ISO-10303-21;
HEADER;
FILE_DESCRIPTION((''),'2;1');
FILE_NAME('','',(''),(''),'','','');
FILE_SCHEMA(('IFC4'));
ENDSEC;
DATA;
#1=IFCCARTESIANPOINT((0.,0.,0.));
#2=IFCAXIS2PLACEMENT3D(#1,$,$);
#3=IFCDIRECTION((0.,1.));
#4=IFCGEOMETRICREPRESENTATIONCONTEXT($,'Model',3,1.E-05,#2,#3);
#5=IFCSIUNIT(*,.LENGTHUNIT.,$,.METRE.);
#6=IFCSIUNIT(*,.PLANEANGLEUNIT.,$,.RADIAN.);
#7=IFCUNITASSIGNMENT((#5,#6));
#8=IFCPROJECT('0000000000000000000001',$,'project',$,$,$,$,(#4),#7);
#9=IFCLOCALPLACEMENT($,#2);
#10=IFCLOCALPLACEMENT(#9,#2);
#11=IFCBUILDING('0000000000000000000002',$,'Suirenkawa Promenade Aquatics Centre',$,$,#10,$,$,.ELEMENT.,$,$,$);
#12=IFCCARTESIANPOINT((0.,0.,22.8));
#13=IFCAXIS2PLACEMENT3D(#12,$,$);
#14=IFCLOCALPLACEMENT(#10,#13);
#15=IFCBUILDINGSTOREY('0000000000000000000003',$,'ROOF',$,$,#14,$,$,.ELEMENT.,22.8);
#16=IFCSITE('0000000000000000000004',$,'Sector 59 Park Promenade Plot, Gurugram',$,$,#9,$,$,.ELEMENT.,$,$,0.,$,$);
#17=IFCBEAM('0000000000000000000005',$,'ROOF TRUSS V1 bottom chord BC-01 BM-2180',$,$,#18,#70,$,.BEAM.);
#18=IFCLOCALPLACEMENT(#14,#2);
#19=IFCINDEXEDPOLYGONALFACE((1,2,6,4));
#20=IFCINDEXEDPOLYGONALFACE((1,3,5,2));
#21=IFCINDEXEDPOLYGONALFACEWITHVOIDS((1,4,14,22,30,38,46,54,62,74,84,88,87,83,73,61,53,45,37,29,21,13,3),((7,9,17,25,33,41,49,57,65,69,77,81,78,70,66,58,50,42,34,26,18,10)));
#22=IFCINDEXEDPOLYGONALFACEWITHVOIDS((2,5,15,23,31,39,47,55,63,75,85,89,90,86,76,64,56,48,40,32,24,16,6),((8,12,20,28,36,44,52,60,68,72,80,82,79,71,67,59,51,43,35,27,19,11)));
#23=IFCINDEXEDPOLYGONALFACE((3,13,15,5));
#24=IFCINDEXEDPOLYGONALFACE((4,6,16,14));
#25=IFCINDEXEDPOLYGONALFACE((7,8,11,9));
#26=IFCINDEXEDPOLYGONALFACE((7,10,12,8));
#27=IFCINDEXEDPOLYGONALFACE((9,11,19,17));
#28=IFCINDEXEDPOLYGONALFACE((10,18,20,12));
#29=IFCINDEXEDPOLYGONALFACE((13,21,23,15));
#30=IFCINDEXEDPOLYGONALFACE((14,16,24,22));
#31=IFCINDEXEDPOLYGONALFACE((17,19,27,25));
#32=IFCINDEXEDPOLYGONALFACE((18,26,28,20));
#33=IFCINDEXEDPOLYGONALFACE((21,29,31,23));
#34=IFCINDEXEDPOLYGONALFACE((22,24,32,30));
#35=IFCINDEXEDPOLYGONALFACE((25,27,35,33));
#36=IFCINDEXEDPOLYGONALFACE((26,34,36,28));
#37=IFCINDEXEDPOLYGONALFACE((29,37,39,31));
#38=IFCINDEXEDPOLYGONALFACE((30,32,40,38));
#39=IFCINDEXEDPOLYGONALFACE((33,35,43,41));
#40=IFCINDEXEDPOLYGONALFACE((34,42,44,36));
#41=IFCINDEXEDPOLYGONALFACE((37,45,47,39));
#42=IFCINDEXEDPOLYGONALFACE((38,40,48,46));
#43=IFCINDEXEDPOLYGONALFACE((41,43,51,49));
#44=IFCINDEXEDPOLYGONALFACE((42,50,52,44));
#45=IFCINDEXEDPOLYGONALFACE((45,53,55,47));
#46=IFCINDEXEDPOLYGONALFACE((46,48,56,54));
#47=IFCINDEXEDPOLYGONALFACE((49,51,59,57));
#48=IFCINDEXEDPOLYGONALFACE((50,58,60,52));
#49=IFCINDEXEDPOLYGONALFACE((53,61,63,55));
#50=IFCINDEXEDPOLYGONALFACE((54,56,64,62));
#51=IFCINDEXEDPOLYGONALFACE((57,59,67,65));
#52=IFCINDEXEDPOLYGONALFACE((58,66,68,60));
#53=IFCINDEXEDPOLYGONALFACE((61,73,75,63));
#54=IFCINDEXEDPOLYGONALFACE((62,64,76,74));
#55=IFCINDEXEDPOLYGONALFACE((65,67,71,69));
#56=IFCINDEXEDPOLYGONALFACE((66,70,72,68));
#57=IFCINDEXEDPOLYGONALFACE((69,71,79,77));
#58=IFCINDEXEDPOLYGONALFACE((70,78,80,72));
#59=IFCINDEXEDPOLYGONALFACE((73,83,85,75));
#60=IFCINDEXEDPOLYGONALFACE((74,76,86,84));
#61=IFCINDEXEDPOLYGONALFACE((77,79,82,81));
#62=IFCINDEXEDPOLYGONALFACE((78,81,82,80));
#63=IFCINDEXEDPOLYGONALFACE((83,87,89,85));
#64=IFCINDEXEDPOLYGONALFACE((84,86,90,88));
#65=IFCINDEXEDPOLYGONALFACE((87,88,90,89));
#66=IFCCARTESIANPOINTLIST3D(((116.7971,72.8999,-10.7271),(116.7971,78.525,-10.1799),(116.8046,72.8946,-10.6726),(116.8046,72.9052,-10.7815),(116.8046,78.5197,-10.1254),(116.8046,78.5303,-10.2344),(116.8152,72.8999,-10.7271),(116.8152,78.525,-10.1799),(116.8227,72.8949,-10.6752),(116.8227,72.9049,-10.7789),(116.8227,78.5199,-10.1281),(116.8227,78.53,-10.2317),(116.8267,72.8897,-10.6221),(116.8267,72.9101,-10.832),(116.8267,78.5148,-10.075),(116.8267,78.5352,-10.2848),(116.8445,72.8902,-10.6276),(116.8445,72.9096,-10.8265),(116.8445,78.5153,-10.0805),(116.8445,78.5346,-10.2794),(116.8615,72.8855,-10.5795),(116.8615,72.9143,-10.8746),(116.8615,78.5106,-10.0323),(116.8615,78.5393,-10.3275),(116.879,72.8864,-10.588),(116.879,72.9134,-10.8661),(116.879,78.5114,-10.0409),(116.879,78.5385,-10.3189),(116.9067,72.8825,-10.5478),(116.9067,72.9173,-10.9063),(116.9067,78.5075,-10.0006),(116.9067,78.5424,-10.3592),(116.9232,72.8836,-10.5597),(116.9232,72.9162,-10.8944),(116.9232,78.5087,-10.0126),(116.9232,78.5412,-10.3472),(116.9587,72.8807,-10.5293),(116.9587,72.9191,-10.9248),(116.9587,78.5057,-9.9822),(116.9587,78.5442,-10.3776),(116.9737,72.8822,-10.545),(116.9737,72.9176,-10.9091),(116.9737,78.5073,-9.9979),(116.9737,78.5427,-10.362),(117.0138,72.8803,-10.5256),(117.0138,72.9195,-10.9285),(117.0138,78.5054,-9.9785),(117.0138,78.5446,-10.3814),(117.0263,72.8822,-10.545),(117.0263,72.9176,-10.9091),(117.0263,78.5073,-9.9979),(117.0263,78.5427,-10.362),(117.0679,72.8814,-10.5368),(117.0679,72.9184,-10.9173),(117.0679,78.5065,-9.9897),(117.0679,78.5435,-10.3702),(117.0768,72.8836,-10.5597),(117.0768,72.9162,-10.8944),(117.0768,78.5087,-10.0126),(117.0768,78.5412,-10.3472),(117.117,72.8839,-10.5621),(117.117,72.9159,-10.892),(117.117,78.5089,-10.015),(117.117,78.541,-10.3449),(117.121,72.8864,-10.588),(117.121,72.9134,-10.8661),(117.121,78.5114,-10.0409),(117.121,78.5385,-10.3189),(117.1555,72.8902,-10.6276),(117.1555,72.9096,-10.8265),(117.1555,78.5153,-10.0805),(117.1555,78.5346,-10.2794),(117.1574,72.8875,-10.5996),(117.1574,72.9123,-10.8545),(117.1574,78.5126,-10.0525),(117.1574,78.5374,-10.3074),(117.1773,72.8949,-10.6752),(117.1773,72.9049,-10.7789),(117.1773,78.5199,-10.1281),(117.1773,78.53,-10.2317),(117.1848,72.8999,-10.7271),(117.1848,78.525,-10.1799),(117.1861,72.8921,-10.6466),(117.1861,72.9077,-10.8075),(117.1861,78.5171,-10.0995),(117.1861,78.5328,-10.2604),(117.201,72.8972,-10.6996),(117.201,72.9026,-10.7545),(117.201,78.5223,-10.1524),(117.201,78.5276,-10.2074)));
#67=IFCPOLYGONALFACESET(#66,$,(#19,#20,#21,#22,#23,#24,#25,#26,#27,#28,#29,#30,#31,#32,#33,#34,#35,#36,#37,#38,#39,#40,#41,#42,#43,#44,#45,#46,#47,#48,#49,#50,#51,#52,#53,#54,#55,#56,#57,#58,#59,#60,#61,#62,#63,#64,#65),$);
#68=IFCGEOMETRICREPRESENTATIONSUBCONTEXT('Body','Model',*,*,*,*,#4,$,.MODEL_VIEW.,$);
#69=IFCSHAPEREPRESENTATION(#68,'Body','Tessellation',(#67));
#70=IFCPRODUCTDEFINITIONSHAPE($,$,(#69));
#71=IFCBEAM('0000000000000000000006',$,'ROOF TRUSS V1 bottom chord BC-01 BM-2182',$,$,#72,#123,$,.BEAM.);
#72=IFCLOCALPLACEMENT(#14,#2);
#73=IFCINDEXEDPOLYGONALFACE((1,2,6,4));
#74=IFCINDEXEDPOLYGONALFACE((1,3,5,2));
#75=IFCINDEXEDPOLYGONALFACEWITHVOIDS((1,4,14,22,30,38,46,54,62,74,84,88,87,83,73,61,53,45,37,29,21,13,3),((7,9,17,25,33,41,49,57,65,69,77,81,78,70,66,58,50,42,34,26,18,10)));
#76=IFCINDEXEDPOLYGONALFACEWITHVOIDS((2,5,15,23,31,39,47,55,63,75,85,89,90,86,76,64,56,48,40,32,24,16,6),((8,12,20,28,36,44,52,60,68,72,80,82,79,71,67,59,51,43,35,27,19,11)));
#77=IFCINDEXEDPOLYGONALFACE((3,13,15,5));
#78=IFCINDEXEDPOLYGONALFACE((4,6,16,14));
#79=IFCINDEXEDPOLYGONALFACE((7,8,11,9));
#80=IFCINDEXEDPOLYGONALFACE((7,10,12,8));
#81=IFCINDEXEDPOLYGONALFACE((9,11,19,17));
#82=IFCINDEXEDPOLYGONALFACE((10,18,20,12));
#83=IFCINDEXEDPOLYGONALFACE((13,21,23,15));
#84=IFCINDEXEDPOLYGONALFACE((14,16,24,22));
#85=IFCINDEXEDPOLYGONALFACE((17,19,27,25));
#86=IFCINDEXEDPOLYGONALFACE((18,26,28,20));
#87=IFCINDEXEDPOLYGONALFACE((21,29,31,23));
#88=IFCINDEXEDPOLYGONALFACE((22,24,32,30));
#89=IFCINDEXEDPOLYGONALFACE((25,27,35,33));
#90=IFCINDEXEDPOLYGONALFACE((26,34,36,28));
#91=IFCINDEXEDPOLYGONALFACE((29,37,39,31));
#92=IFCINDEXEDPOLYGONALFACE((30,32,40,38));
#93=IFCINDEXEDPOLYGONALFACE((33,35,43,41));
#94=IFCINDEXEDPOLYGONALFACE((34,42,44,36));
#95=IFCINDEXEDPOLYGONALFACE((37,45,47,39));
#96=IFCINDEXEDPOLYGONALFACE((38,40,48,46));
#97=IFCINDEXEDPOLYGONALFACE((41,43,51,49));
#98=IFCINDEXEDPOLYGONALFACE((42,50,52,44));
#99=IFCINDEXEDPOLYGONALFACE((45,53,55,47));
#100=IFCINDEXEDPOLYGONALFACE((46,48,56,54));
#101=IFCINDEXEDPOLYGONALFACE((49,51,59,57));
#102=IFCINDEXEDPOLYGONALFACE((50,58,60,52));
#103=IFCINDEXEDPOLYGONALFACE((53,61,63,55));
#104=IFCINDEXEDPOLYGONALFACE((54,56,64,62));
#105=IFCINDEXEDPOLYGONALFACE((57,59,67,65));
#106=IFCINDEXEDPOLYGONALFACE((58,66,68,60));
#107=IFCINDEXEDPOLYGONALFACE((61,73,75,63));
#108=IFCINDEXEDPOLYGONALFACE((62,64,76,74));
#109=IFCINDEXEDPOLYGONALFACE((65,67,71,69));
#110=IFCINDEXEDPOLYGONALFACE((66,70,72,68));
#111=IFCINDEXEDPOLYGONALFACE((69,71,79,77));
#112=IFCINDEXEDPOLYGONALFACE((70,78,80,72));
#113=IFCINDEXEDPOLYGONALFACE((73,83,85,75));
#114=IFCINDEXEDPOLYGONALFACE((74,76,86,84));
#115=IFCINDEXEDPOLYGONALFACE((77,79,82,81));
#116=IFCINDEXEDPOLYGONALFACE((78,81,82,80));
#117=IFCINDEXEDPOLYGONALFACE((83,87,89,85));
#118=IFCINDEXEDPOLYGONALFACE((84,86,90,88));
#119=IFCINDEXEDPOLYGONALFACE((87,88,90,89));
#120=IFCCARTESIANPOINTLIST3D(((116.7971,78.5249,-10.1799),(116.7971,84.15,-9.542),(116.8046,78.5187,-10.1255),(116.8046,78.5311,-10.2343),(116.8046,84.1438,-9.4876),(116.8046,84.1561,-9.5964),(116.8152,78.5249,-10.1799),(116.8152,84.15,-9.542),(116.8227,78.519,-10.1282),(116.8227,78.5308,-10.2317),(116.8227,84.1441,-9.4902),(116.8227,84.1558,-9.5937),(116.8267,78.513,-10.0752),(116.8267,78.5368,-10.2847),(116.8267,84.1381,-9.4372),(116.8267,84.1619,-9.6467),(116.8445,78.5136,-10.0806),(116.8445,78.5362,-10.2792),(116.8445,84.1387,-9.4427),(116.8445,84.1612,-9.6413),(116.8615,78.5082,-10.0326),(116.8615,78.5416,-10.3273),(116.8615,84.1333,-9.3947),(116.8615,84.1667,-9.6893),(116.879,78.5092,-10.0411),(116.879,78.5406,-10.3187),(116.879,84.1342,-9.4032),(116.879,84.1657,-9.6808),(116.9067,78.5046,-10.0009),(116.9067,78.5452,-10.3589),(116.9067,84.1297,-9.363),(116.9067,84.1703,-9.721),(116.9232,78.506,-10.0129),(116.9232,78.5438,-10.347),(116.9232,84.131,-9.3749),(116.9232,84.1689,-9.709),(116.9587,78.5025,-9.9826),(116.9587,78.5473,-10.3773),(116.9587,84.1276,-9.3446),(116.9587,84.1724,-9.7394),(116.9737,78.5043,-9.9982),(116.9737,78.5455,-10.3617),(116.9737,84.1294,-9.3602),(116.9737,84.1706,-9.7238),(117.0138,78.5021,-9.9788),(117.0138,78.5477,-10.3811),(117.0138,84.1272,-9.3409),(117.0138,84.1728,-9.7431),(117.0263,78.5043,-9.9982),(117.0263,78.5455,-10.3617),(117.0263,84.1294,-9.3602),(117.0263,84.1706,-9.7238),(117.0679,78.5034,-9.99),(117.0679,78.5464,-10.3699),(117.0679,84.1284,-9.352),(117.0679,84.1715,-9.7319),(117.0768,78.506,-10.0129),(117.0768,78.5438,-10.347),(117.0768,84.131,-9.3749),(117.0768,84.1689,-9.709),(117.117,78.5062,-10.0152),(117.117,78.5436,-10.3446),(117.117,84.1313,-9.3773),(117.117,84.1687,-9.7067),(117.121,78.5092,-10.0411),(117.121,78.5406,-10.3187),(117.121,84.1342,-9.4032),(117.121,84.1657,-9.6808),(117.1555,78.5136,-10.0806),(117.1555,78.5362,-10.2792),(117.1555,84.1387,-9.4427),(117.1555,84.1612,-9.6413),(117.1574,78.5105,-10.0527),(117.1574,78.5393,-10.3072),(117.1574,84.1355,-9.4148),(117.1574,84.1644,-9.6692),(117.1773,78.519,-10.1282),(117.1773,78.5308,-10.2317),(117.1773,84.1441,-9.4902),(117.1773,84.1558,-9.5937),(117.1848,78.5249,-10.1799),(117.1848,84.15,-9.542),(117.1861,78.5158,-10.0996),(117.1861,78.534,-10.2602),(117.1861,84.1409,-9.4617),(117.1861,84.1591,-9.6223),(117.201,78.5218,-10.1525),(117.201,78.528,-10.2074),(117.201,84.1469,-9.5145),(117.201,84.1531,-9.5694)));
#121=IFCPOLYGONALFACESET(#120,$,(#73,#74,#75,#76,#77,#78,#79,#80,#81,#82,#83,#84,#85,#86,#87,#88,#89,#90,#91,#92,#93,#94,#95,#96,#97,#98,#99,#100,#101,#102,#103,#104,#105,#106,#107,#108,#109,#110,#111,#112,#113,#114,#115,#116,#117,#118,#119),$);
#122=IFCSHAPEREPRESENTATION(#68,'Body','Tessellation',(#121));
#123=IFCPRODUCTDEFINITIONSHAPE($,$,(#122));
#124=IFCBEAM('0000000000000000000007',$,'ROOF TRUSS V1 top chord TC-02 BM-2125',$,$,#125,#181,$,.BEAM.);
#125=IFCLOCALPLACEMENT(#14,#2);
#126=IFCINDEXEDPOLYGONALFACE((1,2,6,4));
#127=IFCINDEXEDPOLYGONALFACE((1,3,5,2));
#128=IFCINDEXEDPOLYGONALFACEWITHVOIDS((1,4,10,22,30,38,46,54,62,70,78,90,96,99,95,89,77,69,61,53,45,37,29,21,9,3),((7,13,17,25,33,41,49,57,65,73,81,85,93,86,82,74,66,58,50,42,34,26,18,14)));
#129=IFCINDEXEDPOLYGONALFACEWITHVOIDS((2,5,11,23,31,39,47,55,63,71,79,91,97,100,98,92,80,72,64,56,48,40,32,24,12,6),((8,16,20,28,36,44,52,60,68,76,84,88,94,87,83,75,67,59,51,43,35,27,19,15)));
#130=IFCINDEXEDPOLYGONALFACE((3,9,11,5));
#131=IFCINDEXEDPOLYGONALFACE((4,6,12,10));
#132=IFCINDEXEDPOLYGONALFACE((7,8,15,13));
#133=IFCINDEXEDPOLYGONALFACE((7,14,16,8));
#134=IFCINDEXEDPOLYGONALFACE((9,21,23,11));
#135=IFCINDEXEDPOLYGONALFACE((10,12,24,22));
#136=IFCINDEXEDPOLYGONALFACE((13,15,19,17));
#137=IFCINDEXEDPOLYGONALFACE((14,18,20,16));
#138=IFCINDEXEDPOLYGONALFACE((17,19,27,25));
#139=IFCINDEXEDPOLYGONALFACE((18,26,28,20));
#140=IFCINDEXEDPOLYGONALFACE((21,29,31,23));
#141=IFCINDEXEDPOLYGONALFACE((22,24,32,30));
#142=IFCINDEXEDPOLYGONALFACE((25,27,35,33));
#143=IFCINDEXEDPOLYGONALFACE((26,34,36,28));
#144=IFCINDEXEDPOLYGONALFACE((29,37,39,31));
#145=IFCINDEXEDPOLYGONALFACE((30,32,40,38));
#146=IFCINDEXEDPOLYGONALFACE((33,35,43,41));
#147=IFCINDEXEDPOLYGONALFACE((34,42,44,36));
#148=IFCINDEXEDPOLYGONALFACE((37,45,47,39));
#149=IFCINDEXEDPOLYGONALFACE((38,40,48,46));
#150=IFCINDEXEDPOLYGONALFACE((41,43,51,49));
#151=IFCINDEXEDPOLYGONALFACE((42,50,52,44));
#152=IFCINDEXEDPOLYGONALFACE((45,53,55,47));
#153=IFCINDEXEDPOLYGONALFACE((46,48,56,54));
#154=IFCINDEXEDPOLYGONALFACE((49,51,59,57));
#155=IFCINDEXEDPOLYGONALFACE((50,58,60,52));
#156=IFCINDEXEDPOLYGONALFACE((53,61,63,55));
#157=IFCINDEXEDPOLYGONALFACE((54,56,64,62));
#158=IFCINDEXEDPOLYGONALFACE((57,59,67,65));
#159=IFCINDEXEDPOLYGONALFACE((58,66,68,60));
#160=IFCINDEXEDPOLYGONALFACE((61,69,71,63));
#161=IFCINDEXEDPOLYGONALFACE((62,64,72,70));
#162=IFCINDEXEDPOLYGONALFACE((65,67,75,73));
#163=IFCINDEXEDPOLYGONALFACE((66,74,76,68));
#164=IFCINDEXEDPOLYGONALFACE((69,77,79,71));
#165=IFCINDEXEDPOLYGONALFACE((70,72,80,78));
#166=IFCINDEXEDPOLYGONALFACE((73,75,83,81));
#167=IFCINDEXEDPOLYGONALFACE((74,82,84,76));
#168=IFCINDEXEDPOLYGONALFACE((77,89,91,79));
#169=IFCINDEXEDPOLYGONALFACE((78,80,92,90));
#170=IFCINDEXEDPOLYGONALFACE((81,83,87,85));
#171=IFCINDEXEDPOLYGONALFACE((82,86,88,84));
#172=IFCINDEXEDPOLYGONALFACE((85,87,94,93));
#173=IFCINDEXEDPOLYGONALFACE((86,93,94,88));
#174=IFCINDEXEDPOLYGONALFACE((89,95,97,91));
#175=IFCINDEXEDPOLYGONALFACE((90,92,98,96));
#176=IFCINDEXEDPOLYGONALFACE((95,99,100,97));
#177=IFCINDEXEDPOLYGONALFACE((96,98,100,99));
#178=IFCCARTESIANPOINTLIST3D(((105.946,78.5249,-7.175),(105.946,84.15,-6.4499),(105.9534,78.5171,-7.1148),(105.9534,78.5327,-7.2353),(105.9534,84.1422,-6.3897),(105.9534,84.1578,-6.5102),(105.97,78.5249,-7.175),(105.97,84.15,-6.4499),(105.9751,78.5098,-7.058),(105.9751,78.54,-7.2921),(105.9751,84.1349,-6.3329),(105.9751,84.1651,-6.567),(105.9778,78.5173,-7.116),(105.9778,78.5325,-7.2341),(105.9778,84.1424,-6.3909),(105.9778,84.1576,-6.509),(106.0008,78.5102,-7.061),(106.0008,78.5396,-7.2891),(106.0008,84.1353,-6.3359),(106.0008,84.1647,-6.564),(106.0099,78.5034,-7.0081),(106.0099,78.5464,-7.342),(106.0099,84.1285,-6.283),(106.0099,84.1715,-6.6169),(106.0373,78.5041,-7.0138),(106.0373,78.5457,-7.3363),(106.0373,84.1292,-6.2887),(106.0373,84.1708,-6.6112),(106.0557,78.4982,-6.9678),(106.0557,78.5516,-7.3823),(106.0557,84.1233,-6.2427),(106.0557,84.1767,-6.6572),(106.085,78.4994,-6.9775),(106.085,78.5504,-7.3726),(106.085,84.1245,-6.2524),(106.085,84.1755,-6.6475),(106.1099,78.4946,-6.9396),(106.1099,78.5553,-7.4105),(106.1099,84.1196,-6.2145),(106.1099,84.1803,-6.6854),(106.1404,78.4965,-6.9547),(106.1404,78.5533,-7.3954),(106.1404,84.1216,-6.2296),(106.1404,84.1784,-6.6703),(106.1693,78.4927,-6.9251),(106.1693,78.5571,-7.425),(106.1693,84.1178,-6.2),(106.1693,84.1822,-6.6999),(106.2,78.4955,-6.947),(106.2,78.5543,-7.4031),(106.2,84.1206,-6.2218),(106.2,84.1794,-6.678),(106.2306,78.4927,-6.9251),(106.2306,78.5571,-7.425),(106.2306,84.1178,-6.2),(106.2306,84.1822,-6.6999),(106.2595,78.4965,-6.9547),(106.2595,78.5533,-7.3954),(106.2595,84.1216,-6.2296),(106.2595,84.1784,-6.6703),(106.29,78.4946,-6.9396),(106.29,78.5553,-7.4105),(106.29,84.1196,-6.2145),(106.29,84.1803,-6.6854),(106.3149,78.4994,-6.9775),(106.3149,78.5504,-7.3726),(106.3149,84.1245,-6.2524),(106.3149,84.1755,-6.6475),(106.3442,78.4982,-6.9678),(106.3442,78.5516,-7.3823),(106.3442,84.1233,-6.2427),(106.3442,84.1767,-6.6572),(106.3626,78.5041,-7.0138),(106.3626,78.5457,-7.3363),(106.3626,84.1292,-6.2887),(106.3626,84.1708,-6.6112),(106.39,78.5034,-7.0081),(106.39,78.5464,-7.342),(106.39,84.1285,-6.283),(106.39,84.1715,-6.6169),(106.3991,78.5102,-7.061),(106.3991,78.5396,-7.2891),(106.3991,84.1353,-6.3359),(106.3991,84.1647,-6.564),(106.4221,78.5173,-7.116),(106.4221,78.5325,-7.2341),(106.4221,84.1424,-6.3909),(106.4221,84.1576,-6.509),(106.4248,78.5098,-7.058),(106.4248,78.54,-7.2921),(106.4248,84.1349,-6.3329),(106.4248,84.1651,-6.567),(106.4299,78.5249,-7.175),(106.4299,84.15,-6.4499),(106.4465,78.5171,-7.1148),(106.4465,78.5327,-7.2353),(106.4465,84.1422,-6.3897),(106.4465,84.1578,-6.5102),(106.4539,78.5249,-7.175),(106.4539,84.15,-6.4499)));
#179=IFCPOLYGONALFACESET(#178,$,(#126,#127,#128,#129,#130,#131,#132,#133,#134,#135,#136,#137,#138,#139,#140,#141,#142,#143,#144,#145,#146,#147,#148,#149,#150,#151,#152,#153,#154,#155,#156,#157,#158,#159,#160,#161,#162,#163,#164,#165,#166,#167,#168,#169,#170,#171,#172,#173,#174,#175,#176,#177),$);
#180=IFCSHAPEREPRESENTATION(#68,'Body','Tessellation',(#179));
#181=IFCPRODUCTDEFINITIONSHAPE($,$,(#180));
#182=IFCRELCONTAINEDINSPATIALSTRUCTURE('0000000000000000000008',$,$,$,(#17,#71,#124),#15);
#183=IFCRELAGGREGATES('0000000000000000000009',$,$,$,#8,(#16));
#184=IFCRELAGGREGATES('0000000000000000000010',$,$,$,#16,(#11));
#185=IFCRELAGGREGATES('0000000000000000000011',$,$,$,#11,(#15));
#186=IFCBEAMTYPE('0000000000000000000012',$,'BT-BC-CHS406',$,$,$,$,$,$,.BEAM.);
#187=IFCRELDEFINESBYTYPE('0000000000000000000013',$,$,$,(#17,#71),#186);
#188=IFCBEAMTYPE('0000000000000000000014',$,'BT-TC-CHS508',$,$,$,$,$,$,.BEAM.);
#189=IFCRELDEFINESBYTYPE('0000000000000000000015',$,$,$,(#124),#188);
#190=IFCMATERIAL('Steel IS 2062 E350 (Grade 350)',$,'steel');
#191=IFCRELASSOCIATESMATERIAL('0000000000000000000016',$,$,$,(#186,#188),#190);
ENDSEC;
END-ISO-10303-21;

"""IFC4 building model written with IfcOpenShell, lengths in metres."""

from ifc_helpers import new_model, si_unit, direction, frame, origin, origin_2d, place, context, subcontext, project, spatial, hollow_circle, extrude, material, material_profile, profile_set, type_object, element, save


model = new_model("IFC4")

# Units and contexts
model_context = context("Model", 3, precision=1e-05, world=origin(), true_north=direction((0.0, 1.0)))
body_context = subcontext(model_context, "Body", "Model", "MODEL_VIEW")
ifc_project = project(units=[si_unit("LENGTHUNIT", "METRE"), si_unit("PLANEANGLEUNIT", "RADIAN")], contexts=[model_context])

# Site, building, storey
site_placement = place(None, origin())
site = spatial("IfcSite", under=ifc_project, at=site_placement, Name="Sector 59 Park Promenade Plot, Gurugram", CompositionType="ELEMENT", RefElevation=0.0)
building_placement = place(site_placement, origin())
building = spatial("IfcBuilding", under=site, at=building_placement, Name="Suirenkawa Promenade Aquatics Centre", CompositionType="ELEMENT")
storey_placement = place(building_placement, frame((0.0, 0.0, 22.8)))
storey = spatial("IfcBuildingStorey", under=building, at=storey_placement, Name="ROOF", CompositionType="ELEMENT", Elevation=22.8)

# Beams
ifc_material = material(Name="Steel IS 2062 E350 (Grade 350)", Category="steel")
ifc_material_profile_1 = material_profile(ifc_material, hollow_circle(Radius=0.2029, WallThickness=0.0181, at=origin_2d()), Name="CHS 406x18", Category="steel")
ifc_profile_set_1 = profile_set([ifc_material_profile_1], Name="Steel IS 2062 E350 (Grade 350)")
beam_type_1 = type_object("IfcBeamType", Name="BT-BC-CHS406", PredefinedType="BEAM", material=ifc_profile_set_1)
beam_1_placement = place(storey_placement, frame((117.0, 72.8999, -10.7271), z_axis=(0.0, 0.995303, 0.096809), x_axis=(-1.0, 0.0, 0.0)))
element("IfcBeam", 1, at=beam_1_placement, inside=storey, type_object=beam_type_1, Name="ROOF TRUSS V1 bottom chord BC-01 BM-2180", PredefinedType="BEAM", context=body_context, shape_type="SweptSolid", body=[
    extrude(hollow_circle(Radius=0.2029, WallThickness=0.0181, at=origin_2d()), origin(), (0.0, 0.0, 1.0), 5.6516),
])
beam_2_placement = place(storey_placement, frame((117.0, 78.5249, -10.1799), z_axis=(0.0, 0.99363, 0.112689), x_axis=(-1.0, 0.0, 0.0)))
element("IfcBeam", 2, at=beam_2_placement, inside=storey, type_object=beam_type_1, Name="ROOF TRUSS V1 bottom chord BC-01 BM-2182", PredefinedType="BEAM", context=body_context, shape_type="SweptSolid", body=[
    extrude(hollow_circle(Radius=0.2029, WallThickness=0.0181, at=origin_2d()), origin(), (0.0, 0.0, 1.0), 5.6611),
])
ifc_material_profile_2 = material_profile(ifc_material, hollow_circle(Radius=0.2539, WallThickness=0.0239, at=origin_2d()), Name="CHS 508x24", Category="steel")
ifc_profile_set_2 = profile_set([ifc_material_profile_2], Name="Steel IS 2062 E350 (Grade 350)")
beam_type_2 = type_object("IfcBeamType", Name="BT-TC-CHS508", PredefinedType="BEAM", material=ifc_profile_set_2)
for number, where, z_axis, x_axis, name in (
    (3, (106.2, 78.5249, -7.175), (0.0, 0.991794, 0.127848), (-1.0, 0.0, 0.0), "ROOF TRUSS V1 top chord TC-02 BM-2125"),
):
    element("IfcBeam", number, at=place(storey_placement, frame(where, z_axis=z_axis, x_axis=x_axis)), inside=storey, type_object=beam_type_2, Name=name, PredefinedType="BEAM", context=body_context, shape_type="SweptSolid", body=[
        extrude(hollow_circle(Radius=0.2539, WallThickness=0.0239, at=origin_2d()), origin(), (0.0, 0.0, 1.0), 5.6716),
    ])

save(model, "model.ifc")
